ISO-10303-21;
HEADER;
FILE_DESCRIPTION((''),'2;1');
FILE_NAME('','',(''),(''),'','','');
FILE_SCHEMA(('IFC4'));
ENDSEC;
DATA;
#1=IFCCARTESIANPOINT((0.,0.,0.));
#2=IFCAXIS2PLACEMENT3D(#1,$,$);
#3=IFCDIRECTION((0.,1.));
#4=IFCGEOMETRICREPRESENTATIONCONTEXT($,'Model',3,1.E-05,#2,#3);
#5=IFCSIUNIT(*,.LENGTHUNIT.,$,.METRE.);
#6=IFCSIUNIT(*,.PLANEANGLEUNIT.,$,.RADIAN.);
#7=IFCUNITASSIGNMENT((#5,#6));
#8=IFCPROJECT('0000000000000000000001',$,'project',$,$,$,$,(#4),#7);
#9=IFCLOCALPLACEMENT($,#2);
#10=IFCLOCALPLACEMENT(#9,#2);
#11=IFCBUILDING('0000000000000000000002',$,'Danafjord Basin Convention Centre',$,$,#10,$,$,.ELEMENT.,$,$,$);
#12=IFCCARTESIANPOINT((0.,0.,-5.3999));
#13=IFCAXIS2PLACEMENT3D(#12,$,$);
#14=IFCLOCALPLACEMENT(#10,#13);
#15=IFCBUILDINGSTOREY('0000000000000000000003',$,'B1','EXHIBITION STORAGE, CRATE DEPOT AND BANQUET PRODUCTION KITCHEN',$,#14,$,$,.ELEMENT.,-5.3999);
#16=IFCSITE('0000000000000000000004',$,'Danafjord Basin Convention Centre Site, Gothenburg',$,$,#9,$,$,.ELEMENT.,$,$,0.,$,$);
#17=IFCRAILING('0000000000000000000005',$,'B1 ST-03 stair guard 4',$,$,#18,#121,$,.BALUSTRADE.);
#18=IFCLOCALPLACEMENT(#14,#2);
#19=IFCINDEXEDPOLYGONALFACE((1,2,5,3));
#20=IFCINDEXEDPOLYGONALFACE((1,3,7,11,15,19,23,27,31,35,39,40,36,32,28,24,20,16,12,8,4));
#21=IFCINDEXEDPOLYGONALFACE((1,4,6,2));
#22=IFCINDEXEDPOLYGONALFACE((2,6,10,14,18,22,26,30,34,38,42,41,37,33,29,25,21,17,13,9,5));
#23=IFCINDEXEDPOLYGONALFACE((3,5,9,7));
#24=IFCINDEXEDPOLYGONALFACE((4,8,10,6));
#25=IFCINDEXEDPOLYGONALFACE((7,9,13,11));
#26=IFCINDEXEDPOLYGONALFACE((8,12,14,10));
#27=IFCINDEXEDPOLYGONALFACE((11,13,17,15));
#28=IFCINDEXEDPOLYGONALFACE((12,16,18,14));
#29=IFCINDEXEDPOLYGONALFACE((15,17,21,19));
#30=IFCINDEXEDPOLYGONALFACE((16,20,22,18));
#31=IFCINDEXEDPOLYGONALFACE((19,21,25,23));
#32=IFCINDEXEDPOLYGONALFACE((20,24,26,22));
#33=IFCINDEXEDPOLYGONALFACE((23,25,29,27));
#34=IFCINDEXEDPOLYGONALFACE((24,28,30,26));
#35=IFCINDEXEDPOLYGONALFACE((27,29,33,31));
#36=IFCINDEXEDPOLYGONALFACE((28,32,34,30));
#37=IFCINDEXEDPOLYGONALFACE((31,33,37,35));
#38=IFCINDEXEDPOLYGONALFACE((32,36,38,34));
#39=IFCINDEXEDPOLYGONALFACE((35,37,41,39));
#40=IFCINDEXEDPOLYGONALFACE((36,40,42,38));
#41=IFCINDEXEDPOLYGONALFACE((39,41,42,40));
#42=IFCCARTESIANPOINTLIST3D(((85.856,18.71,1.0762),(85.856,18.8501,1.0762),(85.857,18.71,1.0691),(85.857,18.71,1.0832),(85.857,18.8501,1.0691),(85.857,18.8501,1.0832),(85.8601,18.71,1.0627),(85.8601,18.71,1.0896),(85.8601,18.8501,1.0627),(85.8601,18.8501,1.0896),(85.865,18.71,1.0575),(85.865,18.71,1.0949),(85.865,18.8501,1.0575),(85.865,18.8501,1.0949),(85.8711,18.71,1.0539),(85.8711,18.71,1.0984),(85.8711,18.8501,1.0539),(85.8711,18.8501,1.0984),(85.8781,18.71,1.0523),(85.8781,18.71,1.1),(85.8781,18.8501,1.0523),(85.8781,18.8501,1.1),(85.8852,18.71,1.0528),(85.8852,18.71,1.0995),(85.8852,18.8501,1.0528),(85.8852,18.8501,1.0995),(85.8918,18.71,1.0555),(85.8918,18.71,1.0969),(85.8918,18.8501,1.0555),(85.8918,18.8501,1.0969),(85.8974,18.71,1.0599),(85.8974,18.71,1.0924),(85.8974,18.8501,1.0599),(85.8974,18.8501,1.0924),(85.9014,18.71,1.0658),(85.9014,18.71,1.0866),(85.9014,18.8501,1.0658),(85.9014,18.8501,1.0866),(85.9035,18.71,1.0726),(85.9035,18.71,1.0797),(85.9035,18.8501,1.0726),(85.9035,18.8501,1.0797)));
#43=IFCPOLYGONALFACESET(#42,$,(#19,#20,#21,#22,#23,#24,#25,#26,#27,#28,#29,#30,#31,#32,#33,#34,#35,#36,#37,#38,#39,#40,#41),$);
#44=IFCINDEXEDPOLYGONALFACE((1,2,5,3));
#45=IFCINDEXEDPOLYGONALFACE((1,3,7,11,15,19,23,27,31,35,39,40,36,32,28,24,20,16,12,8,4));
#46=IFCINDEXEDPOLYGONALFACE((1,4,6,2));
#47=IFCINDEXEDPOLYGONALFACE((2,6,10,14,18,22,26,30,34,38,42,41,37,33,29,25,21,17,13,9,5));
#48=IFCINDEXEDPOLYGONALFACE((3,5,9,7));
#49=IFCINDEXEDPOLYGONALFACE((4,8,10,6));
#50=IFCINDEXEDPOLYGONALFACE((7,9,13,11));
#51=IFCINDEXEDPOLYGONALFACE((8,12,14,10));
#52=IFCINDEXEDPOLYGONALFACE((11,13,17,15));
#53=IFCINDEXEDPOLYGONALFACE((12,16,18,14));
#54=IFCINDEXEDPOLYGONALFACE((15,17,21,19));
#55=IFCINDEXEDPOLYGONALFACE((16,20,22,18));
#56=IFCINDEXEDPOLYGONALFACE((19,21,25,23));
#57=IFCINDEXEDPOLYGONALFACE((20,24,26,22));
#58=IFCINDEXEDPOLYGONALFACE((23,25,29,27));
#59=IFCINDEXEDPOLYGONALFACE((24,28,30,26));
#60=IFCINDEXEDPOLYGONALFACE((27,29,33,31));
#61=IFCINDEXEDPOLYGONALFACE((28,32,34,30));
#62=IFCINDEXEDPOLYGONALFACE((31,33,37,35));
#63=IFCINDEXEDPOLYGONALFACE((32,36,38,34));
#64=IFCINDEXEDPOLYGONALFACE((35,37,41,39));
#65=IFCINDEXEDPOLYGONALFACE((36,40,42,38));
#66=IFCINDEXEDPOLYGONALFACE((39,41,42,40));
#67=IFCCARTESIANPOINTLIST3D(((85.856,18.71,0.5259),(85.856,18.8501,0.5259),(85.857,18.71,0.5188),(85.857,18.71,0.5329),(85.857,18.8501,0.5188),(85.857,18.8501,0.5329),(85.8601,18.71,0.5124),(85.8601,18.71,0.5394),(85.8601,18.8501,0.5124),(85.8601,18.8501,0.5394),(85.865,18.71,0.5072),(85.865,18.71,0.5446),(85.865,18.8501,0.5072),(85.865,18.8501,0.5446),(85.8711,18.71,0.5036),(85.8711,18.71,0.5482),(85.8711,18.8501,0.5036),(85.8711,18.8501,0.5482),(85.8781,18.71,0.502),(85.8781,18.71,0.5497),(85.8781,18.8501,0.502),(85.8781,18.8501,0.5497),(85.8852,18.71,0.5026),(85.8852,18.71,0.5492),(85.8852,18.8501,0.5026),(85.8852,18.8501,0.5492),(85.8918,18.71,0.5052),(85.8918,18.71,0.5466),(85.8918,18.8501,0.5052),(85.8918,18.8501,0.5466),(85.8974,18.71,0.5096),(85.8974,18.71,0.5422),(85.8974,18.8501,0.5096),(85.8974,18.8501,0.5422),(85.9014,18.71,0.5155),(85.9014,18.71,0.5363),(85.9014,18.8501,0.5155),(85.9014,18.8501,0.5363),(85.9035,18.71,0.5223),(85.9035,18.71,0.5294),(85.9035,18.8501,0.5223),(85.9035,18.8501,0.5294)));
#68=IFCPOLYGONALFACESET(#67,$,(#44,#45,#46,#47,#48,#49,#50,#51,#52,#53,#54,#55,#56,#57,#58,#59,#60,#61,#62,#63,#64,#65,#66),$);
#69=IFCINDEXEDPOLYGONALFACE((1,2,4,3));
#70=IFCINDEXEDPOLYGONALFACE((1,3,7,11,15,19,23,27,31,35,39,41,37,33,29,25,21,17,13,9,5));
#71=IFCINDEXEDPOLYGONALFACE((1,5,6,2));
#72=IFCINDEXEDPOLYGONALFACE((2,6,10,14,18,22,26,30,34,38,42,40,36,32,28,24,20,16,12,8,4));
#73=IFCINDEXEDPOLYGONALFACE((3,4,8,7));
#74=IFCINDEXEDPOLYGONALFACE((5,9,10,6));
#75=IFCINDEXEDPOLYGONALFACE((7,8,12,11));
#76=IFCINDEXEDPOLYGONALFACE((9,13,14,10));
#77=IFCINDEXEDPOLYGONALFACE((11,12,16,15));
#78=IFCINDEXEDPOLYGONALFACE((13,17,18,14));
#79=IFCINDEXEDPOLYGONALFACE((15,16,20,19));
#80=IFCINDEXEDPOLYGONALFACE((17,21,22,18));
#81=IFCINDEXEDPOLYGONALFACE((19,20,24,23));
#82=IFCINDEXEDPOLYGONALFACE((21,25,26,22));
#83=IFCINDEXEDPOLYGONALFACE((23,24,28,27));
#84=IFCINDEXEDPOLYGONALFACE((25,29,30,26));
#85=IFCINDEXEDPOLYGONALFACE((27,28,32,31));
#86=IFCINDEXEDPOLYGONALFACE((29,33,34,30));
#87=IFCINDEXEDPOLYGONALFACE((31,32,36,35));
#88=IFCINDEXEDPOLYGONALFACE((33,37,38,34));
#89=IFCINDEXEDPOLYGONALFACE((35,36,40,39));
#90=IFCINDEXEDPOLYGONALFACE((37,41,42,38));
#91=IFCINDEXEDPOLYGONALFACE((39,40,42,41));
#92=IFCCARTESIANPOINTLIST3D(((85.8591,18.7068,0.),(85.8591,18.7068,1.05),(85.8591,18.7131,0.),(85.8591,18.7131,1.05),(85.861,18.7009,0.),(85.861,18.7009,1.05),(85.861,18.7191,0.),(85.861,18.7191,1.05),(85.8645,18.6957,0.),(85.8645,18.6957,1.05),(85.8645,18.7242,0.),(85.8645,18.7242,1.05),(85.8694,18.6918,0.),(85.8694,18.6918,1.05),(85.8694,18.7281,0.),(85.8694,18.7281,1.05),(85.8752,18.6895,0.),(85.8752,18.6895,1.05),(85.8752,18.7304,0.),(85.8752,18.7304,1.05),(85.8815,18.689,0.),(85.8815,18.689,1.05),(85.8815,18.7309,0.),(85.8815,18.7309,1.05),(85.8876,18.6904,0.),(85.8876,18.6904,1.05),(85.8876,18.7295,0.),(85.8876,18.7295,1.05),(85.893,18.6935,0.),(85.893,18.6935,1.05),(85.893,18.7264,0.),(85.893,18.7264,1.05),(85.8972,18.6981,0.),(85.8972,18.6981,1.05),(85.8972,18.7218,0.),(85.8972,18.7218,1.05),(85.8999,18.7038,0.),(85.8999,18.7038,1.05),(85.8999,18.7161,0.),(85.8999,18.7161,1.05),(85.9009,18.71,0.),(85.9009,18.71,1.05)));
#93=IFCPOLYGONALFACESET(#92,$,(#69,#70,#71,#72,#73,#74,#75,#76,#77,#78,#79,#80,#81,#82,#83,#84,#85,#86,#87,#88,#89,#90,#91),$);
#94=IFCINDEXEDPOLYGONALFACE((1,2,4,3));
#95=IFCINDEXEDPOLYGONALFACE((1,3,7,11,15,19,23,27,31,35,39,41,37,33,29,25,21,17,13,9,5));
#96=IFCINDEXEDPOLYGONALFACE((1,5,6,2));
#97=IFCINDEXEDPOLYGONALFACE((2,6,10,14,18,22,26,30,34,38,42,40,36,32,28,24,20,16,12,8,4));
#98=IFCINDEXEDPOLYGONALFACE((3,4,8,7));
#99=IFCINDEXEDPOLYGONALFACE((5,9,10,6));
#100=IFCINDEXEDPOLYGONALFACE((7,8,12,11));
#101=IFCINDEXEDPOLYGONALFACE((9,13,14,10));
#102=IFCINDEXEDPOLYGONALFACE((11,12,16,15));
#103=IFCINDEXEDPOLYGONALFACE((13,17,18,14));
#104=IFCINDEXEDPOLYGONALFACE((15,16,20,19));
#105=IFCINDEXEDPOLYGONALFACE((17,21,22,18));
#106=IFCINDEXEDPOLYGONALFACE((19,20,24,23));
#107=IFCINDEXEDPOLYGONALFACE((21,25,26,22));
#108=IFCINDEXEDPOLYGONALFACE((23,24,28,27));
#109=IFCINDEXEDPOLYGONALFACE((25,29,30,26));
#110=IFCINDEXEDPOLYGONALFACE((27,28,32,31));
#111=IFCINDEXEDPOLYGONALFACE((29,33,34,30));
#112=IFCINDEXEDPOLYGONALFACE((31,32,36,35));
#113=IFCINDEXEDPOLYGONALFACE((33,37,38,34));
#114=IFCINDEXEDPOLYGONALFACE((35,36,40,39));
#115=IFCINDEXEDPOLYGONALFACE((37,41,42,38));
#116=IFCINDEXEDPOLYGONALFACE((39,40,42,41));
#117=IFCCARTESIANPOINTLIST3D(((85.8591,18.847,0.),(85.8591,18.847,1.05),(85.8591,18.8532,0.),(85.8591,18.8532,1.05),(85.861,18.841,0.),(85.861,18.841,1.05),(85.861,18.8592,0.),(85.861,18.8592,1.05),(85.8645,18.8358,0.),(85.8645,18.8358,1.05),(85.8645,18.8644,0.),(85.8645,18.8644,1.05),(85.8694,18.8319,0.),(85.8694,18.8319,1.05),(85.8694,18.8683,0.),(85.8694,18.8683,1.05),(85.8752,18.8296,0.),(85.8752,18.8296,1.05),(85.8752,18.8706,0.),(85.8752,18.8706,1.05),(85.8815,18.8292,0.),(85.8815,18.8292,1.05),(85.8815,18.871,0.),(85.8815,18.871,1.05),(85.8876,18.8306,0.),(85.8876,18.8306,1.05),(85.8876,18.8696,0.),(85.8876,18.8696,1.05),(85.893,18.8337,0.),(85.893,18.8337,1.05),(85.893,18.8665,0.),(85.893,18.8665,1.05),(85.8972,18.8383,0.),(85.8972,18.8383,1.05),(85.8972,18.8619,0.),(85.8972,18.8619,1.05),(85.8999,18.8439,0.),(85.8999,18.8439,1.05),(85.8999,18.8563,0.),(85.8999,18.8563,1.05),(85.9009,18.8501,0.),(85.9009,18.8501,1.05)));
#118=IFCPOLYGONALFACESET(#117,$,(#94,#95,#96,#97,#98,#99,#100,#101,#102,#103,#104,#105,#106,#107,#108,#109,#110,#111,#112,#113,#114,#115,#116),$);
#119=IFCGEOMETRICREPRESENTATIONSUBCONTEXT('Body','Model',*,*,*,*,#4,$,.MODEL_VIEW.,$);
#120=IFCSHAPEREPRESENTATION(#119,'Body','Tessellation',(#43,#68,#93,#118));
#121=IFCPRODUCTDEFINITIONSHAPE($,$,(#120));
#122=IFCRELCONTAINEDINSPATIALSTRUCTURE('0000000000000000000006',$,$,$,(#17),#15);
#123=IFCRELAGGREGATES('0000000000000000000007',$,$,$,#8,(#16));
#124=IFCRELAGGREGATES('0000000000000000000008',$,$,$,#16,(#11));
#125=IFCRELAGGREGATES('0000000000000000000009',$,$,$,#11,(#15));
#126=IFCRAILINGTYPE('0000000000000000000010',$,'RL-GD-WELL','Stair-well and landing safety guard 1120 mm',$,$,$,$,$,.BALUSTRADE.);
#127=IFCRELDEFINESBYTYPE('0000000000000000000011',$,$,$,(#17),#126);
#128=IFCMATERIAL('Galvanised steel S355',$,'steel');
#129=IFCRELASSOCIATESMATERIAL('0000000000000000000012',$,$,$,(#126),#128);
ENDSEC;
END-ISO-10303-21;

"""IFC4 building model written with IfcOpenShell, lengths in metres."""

from ifc_helpers import new_model, si_unit, direction, frame, origin, origin_2d, place, context, subcontext, project, spatial, circle, extrude, material, type_object, element, save


model = new_model("IFC4")

# Units and contexts
model_context = context("Model", 3, precision=1e-05, world=origin(), true_north=direction((0.0, 1.0)))
body_context = subcontext(model_context, "Body", "Model", "MODEL_VIEW")
ifc_project = project(units=[si_unit("LENGTHUNIT", "METRE"), si_unit("PLANEANGLEUNIT", "RADIAN")], contexts=[model_context])

# Site, building, storey
site_placement = place(None, origin())
site = spatial("IfcSite", under=ifc_project, at=site_placement, Name="Danafjord Basin Convention Centre Site, Gothenburg", CompositionType="ELEMENT", RefElevation=0.0)
building_placement = place(site_placement, origin())
building = spatial("IfcBuilding", under=site, at=building_placement, Name="Danafjord Basin Convention Centre", CompositionType="ELEMENT")
storey_placement = place(building_placement, frame((0.0, 0.0, -5.3999)))
storey = spatial("IfcBuildingStorey", under=building, at=storey_placement, Name="B1", Description="EXHIBITION STORAGE, CRATE DEPOT AND BANQUET PRODUCTION KITCHEN", CompositionType="ELEMENT", Elevation=-5.3999)

# Railing
ifc_material_1 = material(Name="Galvanised steel S355", Category="steel")
railing_type_1 = type_object("IfcRailingType", Name="RL-GD-WELL", Description="Stair-well and landing safety guard 1120 mm", PredefinedType="BALUSTRADE", material=ifc_material_1)
railing_1_placement = place(storey_placement, frame((85.8799, 18.71, 0.0)))
element("IfcRailing", 1, at=railing_1_placement, inside=storey, type_object=railing_type_1, Name="B1 ST-03 stair guard 4", PredefinedType="BALUSTRADE", context=body_context, shape_type="SweptSolid", body=[
    extrude(circle(Radius=0.0239, at=origin_2d()), frame((0.0, 0.0, 1.0762), z_axis=(0.0, 1.0, 0.0), x_axis=(-1.0, 0.0, 0.0)), (0.0, 0.0, 1.0), 0.1401),
    extrude(circle(Radius=0.0239, at=origin_2d()), frame((0.0, 0.0, 0.5259), z_axis=(0.0, 1.0, 0.0), x_axis=(-1.0, 0.0, 0.0)), (0.0, 0.0, 1.0), 0.1401),
    extrude(circle(Radius=0.021, at=origin_2d()), origin(), (0.0, 0.0, 1.0), 1.05),
    extrude(circle(Radius=0.021, at=origin_2d()), frame((0.0, 0.1401, 0.0)), (0.0, 0.0, 1.0), 1.05),
])

save(model, "model.ifc")
